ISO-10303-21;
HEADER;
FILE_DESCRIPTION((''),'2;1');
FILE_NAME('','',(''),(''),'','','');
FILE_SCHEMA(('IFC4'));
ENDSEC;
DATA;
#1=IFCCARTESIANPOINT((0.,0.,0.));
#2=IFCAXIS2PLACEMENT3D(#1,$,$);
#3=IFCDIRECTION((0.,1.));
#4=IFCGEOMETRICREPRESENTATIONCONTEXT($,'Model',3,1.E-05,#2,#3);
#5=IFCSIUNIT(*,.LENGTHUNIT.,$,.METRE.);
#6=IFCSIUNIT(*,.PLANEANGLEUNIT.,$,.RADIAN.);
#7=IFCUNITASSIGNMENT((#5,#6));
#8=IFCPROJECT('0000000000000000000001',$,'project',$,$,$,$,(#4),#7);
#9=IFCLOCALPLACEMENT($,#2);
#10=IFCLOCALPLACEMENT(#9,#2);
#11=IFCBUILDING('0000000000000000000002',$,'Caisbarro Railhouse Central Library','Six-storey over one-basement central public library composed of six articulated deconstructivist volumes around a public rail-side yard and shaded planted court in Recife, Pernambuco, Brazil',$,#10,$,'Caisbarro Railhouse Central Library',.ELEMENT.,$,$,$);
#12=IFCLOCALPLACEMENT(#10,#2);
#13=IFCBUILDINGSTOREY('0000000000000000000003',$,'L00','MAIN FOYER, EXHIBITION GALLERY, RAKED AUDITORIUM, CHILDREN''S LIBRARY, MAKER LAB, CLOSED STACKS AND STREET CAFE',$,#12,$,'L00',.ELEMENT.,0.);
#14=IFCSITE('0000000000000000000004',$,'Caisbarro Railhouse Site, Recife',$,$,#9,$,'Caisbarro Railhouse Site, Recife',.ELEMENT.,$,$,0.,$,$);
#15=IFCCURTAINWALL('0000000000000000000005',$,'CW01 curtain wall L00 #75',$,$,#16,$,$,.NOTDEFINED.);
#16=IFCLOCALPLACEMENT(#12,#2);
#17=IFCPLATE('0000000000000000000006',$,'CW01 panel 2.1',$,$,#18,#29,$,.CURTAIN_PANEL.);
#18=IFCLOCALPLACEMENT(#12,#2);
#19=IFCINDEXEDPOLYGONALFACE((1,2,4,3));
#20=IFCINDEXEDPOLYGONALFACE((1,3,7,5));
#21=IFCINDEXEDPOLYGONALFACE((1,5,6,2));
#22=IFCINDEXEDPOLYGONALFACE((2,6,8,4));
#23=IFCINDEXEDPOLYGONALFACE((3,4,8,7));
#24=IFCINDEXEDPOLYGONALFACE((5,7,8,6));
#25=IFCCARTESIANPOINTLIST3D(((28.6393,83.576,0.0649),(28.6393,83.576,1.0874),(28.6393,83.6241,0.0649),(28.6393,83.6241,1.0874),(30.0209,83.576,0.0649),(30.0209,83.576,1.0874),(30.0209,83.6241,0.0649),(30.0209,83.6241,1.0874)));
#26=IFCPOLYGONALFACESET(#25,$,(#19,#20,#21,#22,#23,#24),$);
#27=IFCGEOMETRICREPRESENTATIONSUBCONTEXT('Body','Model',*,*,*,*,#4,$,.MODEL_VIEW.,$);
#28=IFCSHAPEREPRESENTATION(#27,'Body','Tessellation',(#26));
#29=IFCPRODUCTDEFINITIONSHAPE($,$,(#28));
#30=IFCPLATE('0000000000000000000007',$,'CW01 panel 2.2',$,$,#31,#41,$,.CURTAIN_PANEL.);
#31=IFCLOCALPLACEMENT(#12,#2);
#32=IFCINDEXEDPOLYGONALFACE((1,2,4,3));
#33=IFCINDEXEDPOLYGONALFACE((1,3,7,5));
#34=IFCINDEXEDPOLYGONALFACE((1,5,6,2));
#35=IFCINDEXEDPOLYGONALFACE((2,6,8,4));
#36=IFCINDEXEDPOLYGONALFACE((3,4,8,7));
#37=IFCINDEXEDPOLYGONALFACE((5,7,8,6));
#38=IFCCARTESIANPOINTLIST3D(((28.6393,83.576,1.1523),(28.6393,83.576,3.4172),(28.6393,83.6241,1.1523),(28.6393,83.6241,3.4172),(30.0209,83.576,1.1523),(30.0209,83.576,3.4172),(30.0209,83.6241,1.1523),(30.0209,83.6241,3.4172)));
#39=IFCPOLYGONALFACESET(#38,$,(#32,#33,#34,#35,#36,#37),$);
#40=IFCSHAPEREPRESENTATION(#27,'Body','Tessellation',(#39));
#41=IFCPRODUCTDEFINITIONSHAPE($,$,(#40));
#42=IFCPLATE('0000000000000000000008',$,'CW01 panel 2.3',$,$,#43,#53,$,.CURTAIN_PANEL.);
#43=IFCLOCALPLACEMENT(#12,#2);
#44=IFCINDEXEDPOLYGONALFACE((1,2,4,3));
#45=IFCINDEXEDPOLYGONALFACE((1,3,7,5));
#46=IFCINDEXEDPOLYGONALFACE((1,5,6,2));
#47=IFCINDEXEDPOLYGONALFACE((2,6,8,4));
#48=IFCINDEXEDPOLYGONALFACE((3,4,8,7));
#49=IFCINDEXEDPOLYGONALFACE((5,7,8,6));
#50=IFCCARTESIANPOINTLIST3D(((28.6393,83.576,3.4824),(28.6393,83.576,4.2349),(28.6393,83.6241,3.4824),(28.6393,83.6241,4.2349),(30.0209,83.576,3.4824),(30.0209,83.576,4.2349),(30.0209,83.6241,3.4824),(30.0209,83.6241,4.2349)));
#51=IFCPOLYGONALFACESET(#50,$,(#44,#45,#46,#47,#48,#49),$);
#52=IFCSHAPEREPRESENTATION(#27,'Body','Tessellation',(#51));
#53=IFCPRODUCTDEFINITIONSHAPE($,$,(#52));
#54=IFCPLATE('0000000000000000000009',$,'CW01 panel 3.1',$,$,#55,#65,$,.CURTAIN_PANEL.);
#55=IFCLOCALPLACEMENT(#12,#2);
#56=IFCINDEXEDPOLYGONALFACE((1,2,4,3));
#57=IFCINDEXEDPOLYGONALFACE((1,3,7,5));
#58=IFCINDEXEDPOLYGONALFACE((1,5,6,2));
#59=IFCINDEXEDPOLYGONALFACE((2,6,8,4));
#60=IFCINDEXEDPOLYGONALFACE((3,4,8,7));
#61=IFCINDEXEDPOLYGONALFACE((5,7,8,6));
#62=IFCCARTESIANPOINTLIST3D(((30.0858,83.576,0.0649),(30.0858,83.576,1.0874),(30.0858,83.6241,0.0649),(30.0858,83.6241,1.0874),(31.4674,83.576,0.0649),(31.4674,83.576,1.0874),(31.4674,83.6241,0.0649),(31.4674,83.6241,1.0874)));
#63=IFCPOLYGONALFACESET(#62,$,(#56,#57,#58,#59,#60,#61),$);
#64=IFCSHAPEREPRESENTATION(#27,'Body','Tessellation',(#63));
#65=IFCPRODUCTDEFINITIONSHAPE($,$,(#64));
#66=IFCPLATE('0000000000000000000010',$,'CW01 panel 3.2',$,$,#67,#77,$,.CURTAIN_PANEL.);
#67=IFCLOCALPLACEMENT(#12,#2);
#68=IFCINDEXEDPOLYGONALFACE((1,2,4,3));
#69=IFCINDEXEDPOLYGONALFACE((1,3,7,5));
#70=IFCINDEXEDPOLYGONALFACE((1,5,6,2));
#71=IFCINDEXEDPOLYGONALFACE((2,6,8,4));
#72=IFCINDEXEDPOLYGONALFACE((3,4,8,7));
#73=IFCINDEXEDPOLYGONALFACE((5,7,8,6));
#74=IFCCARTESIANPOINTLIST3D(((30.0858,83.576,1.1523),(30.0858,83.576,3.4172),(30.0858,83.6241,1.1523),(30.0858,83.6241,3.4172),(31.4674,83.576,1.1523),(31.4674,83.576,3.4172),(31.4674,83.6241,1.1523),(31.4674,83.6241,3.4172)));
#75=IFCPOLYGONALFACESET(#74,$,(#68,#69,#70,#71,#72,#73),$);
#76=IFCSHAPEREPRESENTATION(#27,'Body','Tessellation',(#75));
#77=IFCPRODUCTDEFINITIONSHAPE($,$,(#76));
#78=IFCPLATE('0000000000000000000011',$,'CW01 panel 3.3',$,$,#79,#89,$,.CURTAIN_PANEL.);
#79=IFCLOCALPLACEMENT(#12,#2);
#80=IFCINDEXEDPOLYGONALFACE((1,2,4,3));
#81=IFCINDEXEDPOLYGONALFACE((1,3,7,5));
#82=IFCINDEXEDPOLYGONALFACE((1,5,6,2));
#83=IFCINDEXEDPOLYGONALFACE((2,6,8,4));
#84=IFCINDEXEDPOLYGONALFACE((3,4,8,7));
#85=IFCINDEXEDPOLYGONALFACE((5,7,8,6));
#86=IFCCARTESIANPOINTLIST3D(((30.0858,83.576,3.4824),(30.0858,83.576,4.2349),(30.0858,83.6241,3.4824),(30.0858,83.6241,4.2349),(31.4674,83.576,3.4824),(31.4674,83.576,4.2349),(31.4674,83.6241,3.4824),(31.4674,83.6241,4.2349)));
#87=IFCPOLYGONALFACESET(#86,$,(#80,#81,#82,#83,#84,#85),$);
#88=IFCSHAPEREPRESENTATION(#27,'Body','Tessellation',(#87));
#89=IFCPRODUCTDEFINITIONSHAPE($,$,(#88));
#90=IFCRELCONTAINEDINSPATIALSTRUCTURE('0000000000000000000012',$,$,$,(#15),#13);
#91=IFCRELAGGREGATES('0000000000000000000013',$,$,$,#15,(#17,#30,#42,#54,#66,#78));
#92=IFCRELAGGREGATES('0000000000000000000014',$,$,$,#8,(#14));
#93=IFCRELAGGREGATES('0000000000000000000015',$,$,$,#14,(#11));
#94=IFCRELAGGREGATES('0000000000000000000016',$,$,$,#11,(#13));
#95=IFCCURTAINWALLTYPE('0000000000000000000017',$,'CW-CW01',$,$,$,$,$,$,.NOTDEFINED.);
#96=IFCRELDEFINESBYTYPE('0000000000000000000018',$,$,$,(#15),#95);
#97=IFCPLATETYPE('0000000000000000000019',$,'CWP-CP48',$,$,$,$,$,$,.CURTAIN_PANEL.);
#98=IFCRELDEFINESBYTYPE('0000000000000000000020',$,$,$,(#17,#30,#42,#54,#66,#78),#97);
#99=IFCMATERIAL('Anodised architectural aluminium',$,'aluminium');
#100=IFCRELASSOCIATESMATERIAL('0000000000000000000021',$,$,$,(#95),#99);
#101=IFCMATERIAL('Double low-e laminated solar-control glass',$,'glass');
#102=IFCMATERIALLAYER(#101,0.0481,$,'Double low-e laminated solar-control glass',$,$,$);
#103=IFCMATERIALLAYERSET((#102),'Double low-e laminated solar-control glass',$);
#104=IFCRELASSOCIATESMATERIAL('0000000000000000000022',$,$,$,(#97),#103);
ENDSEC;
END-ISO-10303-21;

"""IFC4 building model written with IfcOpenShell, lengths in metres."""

from ifc_helpers import new_model, si_unit, direction, frame, origin, origin_2d, place, context, subcontext, project, spatial, rectangle, extrude, material, layer, layer_set, type_object, element, aggregate, save


model = new_model("IFC4")

# Units and contexts
model_context = context("Model", 3, precision=1e-05, world=origin(), true_north=direction((0.0, 1.0)))
body_context = subcontext(model_context, "Body", "Model", "MODEL_VIEW")
ifc_project = project(units=[si_unit("LENGTHUNIT", "METRE"), si_unit("PLANEANGLEUNIT", "RADIAN")], contexts=[model_context])

# Site, building, storey
site_placement = place(None, origin())
site = spatial("IfcSite", under=ifc_project, at=site_placement, Name="Caisbarro Railhouse Site, Recife", LongName="Caisbarro Railhouse Site, Recife", CompositionType="ELEMENT", RefElevation=0.0)
building_placement = place(site_placement, origin())
building = spatial("IfcBuilding", under=site, at=building_placement, Name="Caisbarro Railhouse Central Library", Description="Six-storey over one-basement central public library composed of six articulated deconstructivist volumes around a public rail-side yard and shaded planted court in Recife, Pernambuco, Brazil", LongName="Caisbarro Railhouse Central Library", CompositionType="ELEMENT")
storey_placement = place(building_placement, origin())
storey = spatial("IfcBuildingStorey", under=building, at=storey_placement, Name="L00", Description="MAIN FOYER, EXHIBITION GALLERY, RAKED AUDITORIUM, CHILDREN'S LIBRARY, MAKER LAB, CLOSED STACKS AND STREET CAFE", LongName="L00", CompositionType="ELEMENT", Elevation=0.0)

# Curtain wall, plates
ifc_material_1 = material(Name="Anodised architectural aluminium", Category="aluminium")
curtain_wall_type = type_object("IfcCurtainWallType", Name="CW-CW01", PredefinedType="NOTDEFINED", material=ifc_material_1)
curtain_wall_placement = place(storey_placement, origin())
curtain_wall = element("IfcCurtainWall", 1, at=curtain_wall_placement, inside=storey, type_object=curtain_wall_type, Name="CW01 curtain wall L00 #75", PredefinedType="NOTDEFINED")
ifc_material_2 = material(Name="Double low-e laminated solar-control glass", Category="glass")
ifc_layer = layer(ifc_material_2, 0.0481, Name="Double low-e laminated solar-control glass")
ifc_layer_set = layer_set([ifc_layer], Name="Double low-e laminated solar-control glass")
plate_type = type_object("IfcPlateType", Name="CWP-CP48", PredefinedType="CURTAIN_PANEL", material=ifc_layer_set)
plate_1_placement = place(storey_placement, frame((29.3301, 83.6001, 0.0649), z_axis=(0.0, 0.0, 1.0), x_axis=(1.0, 0.0, 0.0)))
plate_1 = element("IfcPlate", 2, at=plate_1_placement, type_object=plate_type, Name="CW01 panel 2.1", PredefinedType="CURTAIN_PANEL", context=body_context, shape_type="SweptSolid", body=[
    extrude(rectangle(XDim=1.3816, YDim=0.0481, at=origin_2d()), origin(), (0.0, 0.0, 1.0), 1.0225),
])
plate_2_placement = place(storey_placement, frame((29.3301, 83.6001, 1.1523), z_axis=(0.0, 0.0, 1.0), x_axis=(1.0, 0.0, 0.0)))
plate_2 = element("IfcPlate", 3, at=plate_2_placement, type_object=plate_type, Name="CW01 panel 2.2", PredefinedType="CURTAIN_PANEL", context=body_context, shape_type="SweptSolid", body=[
    extrude(rectangle(XDim=1.3816, YDim=0.0481, at=origin_2d()), origin(), (0.0, 0.0, 1.0), 2.2649),
])
plate_3_placement = place(storey_placement, frame((29.3301, 83.6001, 3.4824), z_axis=(0.0, 0.0, 1.0), x_axis=(1.0, 0.0, 0.0)))
plate_3 = element("IfcPlate", 4, at=plate_3_placement, type_object=plate_type, Name="CW01 panel 2.3", PredefinedType="CURTAIN_PANEL", context=body_context, shape_type="SweptSolid", body=[
    extrude(rectangle(XDim=1.3816, YDim=0.0481, at=origin_2d()), origin(), (0.0, 0.0, 1.0), 0.7524),
])
plate_4_placement = place(storey_placement, frame((30.7766, 83.6001, 0.0649), z_axis=(0.0, 0.0, 1.0), x_axis=(1.0, 0.0, 0.0)))
plate_4 = element("IfcPlate", 5, at=plate_4_placement, type_object=plate_type, Name="CW01 panel 3.1", PredefinedType="CURTAIN_PANEL", context=body_context, shape_type="SweptSolid", body=[
    extrude(rectangle(XDim=1.3816, YDim=0.0481, at=origin_2d()), origin(), (0.0, 0.0, 1.0), 1.0225),
])
plate_5_placement = place(storey_placement, frame((30.7766, 83.6001, 1.1523), z_axis=(0.0, 0.0, 1.0), x_axis=(1.0, 0.0, 0.0)))
plate_5 = element("IfcPlate", 6, at=plate_5_placement, type_object=plate_type, Name="CW01 panel 3.2", PredefinedType="CURTAIN_PANEL", context=body_context, shape_type="SweptSolid", body=[
    extrude(rectangle(XDim=1.3816, YDim=0.0481, at=origin_2d()), origin(), (0.0, 0.0, 1.0), 2.2649),
])
plate_6_placement = place(storey_placement, frame((30.7766, 83.6001, 3.4824), z_axis=(0.0, 0.0, 1.0), x_axis=(1.0, 0.0, 0.0)))
plate_6 = element("IfcPlate", 7, at=plate_6_placement, type_object=plate_type, Name="CW01 panel 3.3", PredefinedType="CURTAIN_PANEL", context=body_context, shape_type="SweptSolid", body=[
    extrude(rectangle(XDim=1.3816, YDim=0.0481, at=origin_2d()), origin(), (0.0, 0.0, 1.0), 0.7524),
])
aggregate(curtain_wall, [plate_1, plate_2, plate_3, plate_4, plate_5, plate_6])

save(model, "model.ifc")
